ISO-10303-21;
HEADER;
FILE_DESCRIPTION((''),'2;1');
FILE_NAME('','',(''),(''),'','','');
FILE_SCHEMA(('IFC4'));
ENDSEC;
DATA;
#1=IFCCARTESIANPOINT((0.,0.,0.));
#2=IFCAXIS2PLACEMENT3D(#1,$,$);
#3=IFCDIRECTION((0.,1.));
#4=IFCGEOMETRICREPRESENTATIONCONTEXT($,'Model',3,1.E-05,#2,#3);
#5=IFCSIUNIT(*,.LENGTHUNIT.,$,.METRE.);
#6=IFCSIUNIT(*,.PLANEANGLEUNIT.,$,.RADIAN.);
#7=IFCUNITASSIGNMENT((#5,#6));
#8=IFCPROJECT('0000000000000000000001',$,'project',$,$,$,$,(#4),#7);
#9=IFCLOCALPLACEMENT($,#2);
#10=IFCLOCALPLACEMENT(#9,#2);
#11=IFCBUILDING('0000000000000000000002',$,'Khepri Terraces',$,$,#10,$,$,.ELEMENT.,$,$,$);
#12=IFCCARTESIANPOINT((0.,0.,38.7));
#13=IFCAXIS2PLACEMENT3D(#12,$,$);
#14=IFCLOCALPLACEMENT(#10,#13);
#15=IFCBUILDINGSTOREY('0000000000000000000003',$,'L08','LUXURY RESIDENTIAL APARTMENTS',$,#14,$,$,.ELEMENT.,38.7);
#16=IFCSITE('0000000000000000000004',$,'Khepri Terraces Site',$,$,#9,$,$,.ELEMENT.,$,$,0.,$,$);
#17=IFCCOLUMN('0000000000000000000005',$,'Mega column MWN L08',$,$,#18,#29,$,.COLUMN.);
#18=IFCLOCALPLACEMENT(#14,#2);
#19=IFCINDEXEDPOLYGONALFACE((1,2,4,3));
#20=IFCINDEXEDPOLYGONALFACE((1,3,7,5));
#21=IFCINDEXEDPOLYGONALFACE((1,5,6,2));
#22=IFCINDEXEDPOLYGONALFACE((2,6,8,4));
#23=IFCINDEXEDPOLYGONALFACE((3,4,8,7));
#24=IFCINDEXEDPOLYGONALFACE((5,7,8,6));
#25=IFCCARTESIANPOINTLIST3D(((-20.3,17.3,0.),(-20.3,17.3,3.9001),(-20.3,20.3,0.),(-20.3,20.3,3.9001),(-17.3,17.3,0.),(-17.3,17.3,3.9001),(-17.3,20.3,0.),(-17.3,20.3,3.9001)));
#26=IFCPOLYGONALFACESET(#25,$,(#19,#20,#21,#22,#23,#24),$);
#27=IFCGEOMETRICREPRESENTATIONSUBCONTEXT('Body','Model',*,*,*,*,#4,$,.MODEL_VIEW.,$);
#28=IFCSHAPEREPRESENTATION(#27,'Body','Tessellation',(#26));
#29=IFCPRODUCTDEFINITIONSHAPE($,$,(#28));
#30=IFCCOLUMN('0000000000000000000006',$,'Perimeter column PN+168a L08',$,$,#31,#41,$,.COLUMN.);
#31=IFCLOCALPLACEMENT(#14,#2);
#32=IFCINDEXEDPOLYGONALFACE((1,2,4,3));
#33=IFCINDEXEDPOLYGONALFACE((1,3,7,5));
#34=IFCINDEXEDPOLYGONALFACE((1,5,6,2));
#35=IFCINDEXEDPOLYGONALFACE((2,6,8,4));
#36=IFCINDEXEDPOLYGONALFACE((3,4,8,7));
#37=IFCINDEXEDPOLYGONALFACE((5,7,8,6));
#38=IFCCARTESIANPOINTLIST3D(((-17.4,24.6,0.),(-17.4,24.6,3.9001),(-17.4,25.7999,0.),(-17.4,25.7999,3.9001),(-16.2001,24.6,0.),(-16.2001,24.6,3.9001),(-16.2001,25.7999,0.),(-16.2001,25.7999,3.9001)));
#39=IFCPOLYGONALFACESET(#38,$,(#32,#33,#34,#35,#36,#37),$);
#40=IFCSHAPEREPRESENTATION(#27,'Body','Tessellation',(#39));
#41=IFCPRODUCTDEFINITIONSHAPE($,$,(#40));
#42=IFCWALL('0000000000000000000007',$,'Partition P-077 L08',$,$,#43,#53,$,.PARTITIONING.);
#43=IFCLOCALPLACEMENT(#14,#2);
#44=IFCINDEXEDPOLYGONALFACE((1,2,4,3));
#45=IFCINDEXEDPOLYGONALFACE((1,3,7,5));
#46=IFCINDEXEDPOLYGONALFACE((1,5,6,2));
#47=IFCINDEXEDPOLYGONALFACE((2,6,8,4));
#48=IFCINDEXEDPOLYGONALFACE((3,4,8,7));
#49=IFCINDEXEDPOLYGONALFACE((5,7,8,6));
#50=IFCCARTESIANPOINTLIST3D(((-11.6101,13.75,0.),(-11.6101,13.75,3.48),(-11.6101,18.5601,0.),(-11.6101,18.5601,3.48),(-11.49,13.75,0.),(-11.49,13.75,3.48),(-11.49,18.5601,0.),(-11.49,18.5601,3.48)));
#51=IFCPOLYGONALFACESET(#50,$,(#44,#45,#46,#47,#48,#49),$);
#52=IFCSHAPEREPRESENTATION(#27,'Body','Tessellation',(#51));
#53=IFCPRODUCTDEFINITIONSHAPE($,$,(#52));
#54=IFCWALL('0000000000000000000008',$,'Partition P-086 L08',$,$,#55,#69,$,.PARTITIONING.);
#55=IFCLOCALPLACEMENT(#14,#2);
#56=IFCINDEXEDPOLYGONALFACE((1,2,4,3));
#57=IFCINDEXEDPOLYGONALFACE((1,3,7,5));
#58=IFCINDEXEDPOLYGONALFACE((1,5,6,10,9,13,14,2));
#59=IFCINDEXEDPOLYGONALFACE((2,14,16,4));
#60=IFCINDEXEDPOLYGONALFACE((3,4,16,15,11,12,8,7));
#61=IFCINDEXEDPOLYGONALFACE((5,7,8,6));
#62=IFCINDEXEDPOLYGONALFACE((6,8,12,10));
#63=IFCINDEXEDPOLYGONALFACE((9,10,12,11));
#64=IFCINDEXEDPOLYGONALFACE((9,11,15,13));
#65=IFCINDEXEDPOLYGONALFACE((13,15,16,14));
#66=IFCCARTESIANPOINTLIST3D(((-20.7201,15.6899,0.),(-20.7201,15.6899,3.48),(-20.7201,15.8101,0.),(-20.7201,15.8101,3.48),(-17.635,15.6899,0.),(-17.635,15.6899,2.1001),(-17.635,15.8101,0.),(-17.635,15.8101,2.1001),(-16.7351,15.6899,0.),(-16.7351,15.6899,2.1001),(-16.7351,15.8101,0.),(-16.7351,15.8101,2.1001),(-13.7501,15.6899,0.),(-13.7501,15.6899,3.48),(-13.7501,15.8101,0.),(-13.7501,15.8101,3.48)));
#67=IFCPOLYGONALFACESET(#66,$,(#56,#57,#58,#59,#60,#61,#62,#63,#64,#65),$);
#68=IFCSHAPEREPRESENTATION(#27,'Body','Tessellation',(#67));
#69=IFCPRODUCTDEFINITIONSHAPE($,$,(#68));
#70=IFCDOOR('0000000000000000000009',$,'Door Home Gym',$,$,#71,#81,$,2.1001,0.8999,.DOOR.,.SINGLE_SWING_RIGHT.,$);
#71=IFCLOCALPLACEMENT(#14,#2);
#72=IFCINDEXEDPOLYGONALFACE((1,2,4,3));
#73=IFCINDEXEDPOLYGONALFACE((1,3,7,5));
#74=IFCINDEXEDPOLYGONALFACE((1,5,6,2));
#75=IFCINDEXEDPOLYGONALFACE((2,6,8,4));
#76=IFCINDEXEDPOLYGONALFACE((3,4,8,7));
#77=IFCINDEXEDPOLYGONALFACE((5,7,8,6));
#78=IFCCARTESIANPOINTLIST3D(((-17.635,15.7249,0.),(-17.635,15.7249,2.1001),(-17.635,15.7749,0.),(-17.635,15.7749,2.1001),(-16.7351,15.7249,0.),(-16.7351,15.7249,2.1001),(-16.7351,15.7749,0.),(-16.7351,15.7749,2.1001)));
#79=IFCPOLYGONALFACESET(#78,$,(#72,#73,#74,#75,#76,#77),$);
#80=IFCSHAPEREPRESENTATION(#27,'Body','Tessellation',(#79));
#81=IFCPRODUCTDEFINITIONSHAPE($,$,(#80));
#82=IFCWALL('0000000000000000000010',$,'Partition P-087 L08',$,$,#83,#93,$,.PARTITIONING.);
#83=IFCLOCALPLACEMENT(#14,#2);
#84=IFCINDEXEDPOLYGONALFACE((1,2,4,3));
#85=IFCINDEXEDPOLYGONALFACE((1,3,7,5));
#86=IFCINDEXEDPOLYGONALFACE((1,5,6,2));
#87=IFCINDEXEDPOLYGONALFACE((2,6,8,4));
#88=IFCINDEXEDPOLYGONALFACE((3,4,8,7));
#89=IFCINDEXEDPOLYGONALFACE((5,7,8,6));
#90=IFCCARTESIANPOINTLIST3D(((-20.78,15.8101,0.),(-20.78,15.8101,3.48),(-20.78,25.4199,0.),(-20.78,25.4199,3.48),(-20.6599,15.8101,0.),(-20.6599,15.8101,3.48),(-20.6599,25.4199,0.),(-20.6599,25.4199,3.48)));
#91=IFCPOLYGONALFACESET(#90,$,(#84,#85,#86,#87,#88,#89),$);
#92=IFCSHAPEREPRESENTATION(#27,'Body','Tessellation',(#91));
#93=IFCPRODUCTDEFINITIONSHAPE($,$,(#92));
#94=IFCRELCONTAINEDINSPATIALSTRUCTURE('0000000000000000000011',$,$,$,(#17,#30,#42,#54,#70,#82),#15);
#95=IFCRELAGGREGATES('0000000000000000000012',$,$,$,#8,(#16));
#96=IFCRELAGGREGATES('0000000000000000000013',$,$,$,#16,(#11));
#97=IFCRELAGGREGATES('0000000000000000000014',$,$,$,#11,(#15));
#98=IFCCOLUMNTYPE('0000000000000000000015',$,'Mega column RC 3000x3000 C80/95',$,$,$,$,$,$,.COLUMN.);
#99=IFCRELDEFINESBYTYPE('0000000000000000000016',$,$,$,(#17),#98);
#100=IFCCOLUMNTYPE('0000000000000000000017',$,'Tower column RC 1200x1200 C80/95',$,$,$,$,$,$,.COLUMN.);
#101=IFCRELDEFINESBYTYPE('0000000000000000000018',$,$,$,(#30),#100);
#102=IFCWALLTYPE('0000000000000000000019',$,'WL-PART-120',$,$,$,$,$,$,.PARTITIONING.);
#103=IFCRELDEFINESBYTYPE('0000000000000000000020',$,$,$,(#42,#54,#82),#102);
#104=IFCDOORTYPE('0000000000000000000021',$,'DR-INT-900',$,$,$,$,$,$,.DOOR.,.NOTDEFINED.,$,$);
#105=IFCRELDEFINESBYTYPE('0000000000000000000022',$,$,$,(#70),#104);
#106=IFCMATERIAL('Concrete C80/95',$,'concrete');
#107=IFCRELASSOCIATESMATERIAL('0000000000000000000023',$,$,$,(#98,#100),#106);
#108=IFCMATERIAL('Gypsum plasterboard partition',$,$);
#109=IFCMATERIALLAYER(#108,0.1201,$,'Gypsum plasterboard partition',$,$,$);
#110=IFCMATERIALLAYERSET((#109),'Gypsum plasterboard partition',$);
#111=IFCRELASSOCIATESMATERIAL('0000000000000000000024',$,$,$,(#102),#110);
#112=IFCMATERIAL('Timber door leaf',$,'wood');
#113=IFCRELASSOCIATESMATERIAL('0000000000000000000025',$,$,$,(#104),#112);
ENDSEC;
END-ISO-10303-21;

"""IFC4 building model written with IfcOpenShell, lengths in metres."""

from ifc_helpers import new_model, si_unit, direction, frame, frame_2d, origin, origin_2d, place, context, subcontext, project, spatial, rectangle, extrude, material, layer, layer_set, material_profile, profile_set, type_object, element, fill, save


model = new_model("IFC4")

# Units and contexts
model_context = context("Model", 3, precision=1e-05, world=origin(), true_north=direction((0.0, 1.0)))
body_context = subcontext(model_context, "Body", "Model", "MODEL_VIEW")
ifc_project = project(units=[si_unit("LENGTHUNIT", "METRE"), si_unit("PLANEANGLEUNIT", "RADIAN")], contexts=[model_context])

# Site, building, storey
site_placement = place(None, origin())
site = spatial("IfcSite", under=ifc_project, at=site_placement, Name="Khepri Terraces Site", CompositionType="ELEMENT", RefElevation=0.0)
building_placement = place(site_placement, origin())
building = spatial("IfcBuilding", under=site, at=building_placement, Name="Khepri Terraces", CompositionType="ELEMENT")
storey_placement = place(building_placement, frame((0.0, 0.0, 38.7)))
storey = spatial("IfcBuildingStorey", under=building, at=storey_placement, Name="L08", Description="LUXURY RESIDENTIAL APARTMENTS", CompositionType="ELEMENT", Elevation=38.7)

# Columns
ifc_material_1 = material(Name="Concrete C80/95", Category="concrete")
ifc_material_profile_1 = material_profile(ifc_material_1, rectangle(XDim=3.0, YDim=3.0, at=origin_2d()), Name="Concrete C80/95", Category="concrete")
ifc_profile_set_1 = profile_set([ifc_material_profile_1], Name="Concrete C80/95")
column_type_1 = type_object("IfcColumnType", Name="Mega column RC 3000x3000 C80/95", PredefinedType="COLUMN", material=ifc_profile_set_1)
column_1_placement = place(storey_placement, frame((-18.8, 18.8, 0.0), z_axis=(0.0, 0.0, 1.0), x_axis=(1.0, 0.0, 0.0)))
element("IfcColumn", 1, at=column_1_placement, inside=storey, type_object=column_type_1, Name="Mega column MWN L08", PredefinedType="COLUMN", context=body_context, shape_type="SweptSolid", body=[
    extrude(rectangle(XDim=3.0, YDim=3.0, at=origin_2d()), origin(), (0.0, 0.0, 1.0), 3.9001),
])
ifc_material_profile_2 = material_profile(ifc_material_1, rectangle(XDim=1.2, YDim=1.2, at=origin_2d()), Name="Concrete C80/95", Category="concrete")
ifc_profile_set_2 = profile_set([ifc_material_profile_2], Name="Concrete C80/95")
column_type_2 = type_object("IfcColumnType", Name="Tower column RC 1200x1200 C80/95", PredefinedType="COLUMN", material=ifc_profile_set_2)
column_2_placement = place(storey_placement, frame((-16.8, 25.2, 0.0), z_axis=(0.0, 0.0, 1.0), x_axis=(1.0, 0.0, 0.0)))
element("IfcColumn", 2, at=column_2_placement, inside=storey, type_object=column_type_2, Name="Perimeter column PN+168a L08", PredefinedType="COLUMN", context=body_context, shape_type="SweptSolid", body=[
    extrude(rectangle(XDim=1.2, YDim=1.2, at=origin_2d()), origin(), (0.0, 0.0, 1.0), 3.9001),
])

# Wall
ifc_material_2 = material(Name="Gypsum plasterboard partition")
ifc_layer_1 = layer(ifc_material_2, 0.1201, Name="Gypsum plasterboard partition")
ifc_layer_set_1 = layer_set([ifc_layer_1], Name="Gypsum plasterboard partition")
wall_type_1 = type_object("IfcWallType", Name="WL-PART-120", PredefinedType="PARTITIONING", material=ifc_layer_set_1)
wall_1_placement = place(storey_placement, frame((-11.55, 13.75, 0.0), z_axis=(0.0, 0.0, 1.0), x_axis=(0.0, 1.0, 0.0)))
element("IfcWall", 3, at=wall_1_placement, inside=storey, type_object=wall_type_1, Name="Partition P-077 L08", PredefinedType="PARTITIONING", context=body_context, shape_type="SweptSolid", body=[
    extrude(rectangle(XDim=4.8101, YDim=0.1201, at=frame_2d((2.405, 0.0))), origin(), (0.0, 0.0, 1.0), 3.48),
])

# Wall, opening, door
wall_2_placement = place(storey_placement, frame((-20.72, 15.75, 0.0), z_axis=(0.0, 0.0, 1.0), x_axis=(1.0, 0.0, 0.0)))
wall_2 = element("IfcWall", 4, at=wall_2_placement, inside=storey, type_object=wall_type_1, Name="Partition P-086 L08", PredefinedType="PARTITIONING", context=body_context, shape_type="SweptSolid", body=[
    extrude(rectangle(XDim=6.97, YDim=0.1201, at=frame_2d((3.4849, 0.0))), origin(), (0.0, 0.0, 1.0), 3.48),
])
opening_1_placement = place(wall_2_placement, frame((3.085, 0.0, 0.0)))
opening_1 = element("IfcOpeningElement", 5, at=opening_1_placement, cuts=wall_2, PredefinedType="OPENING", context=body_context, shape_type="SweptSolid", body=[
    extrude(rectangle(XDim=0.8999, YDim=2.1001, at=frame_2d((0.45, 1.05))), frame((0.0, 0.0701, 0.0), z_axis=(0.0, -1.0, 0.0), x_axis=(1.0, 0.0, 0.0)), (0.0, 0.0, 1.0), 0.1401),
])
ifc_material_3 = material(Name="Timber door leaf", Category="wood")
door_type_1 = type_object("IfcDoorType", Name="DR-INT-900", OperationType="NOTDEFINED", PredefinedType="DOOR", material=ifc_material_3)
door_1_placement = place(opening_1_placement, origin())
door_1 = element("IfcDoor", 6, at=door_1_placement, inside=storey, type_object=door_type_1, Name="Door Home Gym", OperationType="SINGLE_SWING_RIGHT", OverallHeight=2.1001, OverallWidth=0.8999, PredefinedType="DOOR", context=body_context, shape_type="SweptSolid", body=[
    extrude(rectangle(XDim=0.8999, YDim=2.1001, at=frame_2d((0.45, 1.05))), frame((0.0, 0.0249, 0.0), z_axis=(0.0, -1.0, 0.0), x_axis=(1.0, 0.0, 0.0)), (0.0, 0.0, 1.0), 0.05),
])
fill(opening_1, door_1)

# Wall
wall_3_placement = place(storey_placement, frame((-20.72, 15.8101, 0.0), z_axis=(0.0, 0.0, 1.0), x_axis=(0.0, 1.0, 0.0)))
element("IfcWall", 7, at=wall_3_placement, inside=storey, type_object=wall_type_1, Name="Partition P-087 L08", PredefinedType="PARTITIONING", context=body_context, shape_type="SweptSolid", body=[
    extrude(rectangle(XDim=9.6099, YDim=0.1201, at=frame_2d((4.8049, 0.0))), origin(), (0.0, 0.0, 1.0), 3.48),
])

save(model, "model.ifc")
